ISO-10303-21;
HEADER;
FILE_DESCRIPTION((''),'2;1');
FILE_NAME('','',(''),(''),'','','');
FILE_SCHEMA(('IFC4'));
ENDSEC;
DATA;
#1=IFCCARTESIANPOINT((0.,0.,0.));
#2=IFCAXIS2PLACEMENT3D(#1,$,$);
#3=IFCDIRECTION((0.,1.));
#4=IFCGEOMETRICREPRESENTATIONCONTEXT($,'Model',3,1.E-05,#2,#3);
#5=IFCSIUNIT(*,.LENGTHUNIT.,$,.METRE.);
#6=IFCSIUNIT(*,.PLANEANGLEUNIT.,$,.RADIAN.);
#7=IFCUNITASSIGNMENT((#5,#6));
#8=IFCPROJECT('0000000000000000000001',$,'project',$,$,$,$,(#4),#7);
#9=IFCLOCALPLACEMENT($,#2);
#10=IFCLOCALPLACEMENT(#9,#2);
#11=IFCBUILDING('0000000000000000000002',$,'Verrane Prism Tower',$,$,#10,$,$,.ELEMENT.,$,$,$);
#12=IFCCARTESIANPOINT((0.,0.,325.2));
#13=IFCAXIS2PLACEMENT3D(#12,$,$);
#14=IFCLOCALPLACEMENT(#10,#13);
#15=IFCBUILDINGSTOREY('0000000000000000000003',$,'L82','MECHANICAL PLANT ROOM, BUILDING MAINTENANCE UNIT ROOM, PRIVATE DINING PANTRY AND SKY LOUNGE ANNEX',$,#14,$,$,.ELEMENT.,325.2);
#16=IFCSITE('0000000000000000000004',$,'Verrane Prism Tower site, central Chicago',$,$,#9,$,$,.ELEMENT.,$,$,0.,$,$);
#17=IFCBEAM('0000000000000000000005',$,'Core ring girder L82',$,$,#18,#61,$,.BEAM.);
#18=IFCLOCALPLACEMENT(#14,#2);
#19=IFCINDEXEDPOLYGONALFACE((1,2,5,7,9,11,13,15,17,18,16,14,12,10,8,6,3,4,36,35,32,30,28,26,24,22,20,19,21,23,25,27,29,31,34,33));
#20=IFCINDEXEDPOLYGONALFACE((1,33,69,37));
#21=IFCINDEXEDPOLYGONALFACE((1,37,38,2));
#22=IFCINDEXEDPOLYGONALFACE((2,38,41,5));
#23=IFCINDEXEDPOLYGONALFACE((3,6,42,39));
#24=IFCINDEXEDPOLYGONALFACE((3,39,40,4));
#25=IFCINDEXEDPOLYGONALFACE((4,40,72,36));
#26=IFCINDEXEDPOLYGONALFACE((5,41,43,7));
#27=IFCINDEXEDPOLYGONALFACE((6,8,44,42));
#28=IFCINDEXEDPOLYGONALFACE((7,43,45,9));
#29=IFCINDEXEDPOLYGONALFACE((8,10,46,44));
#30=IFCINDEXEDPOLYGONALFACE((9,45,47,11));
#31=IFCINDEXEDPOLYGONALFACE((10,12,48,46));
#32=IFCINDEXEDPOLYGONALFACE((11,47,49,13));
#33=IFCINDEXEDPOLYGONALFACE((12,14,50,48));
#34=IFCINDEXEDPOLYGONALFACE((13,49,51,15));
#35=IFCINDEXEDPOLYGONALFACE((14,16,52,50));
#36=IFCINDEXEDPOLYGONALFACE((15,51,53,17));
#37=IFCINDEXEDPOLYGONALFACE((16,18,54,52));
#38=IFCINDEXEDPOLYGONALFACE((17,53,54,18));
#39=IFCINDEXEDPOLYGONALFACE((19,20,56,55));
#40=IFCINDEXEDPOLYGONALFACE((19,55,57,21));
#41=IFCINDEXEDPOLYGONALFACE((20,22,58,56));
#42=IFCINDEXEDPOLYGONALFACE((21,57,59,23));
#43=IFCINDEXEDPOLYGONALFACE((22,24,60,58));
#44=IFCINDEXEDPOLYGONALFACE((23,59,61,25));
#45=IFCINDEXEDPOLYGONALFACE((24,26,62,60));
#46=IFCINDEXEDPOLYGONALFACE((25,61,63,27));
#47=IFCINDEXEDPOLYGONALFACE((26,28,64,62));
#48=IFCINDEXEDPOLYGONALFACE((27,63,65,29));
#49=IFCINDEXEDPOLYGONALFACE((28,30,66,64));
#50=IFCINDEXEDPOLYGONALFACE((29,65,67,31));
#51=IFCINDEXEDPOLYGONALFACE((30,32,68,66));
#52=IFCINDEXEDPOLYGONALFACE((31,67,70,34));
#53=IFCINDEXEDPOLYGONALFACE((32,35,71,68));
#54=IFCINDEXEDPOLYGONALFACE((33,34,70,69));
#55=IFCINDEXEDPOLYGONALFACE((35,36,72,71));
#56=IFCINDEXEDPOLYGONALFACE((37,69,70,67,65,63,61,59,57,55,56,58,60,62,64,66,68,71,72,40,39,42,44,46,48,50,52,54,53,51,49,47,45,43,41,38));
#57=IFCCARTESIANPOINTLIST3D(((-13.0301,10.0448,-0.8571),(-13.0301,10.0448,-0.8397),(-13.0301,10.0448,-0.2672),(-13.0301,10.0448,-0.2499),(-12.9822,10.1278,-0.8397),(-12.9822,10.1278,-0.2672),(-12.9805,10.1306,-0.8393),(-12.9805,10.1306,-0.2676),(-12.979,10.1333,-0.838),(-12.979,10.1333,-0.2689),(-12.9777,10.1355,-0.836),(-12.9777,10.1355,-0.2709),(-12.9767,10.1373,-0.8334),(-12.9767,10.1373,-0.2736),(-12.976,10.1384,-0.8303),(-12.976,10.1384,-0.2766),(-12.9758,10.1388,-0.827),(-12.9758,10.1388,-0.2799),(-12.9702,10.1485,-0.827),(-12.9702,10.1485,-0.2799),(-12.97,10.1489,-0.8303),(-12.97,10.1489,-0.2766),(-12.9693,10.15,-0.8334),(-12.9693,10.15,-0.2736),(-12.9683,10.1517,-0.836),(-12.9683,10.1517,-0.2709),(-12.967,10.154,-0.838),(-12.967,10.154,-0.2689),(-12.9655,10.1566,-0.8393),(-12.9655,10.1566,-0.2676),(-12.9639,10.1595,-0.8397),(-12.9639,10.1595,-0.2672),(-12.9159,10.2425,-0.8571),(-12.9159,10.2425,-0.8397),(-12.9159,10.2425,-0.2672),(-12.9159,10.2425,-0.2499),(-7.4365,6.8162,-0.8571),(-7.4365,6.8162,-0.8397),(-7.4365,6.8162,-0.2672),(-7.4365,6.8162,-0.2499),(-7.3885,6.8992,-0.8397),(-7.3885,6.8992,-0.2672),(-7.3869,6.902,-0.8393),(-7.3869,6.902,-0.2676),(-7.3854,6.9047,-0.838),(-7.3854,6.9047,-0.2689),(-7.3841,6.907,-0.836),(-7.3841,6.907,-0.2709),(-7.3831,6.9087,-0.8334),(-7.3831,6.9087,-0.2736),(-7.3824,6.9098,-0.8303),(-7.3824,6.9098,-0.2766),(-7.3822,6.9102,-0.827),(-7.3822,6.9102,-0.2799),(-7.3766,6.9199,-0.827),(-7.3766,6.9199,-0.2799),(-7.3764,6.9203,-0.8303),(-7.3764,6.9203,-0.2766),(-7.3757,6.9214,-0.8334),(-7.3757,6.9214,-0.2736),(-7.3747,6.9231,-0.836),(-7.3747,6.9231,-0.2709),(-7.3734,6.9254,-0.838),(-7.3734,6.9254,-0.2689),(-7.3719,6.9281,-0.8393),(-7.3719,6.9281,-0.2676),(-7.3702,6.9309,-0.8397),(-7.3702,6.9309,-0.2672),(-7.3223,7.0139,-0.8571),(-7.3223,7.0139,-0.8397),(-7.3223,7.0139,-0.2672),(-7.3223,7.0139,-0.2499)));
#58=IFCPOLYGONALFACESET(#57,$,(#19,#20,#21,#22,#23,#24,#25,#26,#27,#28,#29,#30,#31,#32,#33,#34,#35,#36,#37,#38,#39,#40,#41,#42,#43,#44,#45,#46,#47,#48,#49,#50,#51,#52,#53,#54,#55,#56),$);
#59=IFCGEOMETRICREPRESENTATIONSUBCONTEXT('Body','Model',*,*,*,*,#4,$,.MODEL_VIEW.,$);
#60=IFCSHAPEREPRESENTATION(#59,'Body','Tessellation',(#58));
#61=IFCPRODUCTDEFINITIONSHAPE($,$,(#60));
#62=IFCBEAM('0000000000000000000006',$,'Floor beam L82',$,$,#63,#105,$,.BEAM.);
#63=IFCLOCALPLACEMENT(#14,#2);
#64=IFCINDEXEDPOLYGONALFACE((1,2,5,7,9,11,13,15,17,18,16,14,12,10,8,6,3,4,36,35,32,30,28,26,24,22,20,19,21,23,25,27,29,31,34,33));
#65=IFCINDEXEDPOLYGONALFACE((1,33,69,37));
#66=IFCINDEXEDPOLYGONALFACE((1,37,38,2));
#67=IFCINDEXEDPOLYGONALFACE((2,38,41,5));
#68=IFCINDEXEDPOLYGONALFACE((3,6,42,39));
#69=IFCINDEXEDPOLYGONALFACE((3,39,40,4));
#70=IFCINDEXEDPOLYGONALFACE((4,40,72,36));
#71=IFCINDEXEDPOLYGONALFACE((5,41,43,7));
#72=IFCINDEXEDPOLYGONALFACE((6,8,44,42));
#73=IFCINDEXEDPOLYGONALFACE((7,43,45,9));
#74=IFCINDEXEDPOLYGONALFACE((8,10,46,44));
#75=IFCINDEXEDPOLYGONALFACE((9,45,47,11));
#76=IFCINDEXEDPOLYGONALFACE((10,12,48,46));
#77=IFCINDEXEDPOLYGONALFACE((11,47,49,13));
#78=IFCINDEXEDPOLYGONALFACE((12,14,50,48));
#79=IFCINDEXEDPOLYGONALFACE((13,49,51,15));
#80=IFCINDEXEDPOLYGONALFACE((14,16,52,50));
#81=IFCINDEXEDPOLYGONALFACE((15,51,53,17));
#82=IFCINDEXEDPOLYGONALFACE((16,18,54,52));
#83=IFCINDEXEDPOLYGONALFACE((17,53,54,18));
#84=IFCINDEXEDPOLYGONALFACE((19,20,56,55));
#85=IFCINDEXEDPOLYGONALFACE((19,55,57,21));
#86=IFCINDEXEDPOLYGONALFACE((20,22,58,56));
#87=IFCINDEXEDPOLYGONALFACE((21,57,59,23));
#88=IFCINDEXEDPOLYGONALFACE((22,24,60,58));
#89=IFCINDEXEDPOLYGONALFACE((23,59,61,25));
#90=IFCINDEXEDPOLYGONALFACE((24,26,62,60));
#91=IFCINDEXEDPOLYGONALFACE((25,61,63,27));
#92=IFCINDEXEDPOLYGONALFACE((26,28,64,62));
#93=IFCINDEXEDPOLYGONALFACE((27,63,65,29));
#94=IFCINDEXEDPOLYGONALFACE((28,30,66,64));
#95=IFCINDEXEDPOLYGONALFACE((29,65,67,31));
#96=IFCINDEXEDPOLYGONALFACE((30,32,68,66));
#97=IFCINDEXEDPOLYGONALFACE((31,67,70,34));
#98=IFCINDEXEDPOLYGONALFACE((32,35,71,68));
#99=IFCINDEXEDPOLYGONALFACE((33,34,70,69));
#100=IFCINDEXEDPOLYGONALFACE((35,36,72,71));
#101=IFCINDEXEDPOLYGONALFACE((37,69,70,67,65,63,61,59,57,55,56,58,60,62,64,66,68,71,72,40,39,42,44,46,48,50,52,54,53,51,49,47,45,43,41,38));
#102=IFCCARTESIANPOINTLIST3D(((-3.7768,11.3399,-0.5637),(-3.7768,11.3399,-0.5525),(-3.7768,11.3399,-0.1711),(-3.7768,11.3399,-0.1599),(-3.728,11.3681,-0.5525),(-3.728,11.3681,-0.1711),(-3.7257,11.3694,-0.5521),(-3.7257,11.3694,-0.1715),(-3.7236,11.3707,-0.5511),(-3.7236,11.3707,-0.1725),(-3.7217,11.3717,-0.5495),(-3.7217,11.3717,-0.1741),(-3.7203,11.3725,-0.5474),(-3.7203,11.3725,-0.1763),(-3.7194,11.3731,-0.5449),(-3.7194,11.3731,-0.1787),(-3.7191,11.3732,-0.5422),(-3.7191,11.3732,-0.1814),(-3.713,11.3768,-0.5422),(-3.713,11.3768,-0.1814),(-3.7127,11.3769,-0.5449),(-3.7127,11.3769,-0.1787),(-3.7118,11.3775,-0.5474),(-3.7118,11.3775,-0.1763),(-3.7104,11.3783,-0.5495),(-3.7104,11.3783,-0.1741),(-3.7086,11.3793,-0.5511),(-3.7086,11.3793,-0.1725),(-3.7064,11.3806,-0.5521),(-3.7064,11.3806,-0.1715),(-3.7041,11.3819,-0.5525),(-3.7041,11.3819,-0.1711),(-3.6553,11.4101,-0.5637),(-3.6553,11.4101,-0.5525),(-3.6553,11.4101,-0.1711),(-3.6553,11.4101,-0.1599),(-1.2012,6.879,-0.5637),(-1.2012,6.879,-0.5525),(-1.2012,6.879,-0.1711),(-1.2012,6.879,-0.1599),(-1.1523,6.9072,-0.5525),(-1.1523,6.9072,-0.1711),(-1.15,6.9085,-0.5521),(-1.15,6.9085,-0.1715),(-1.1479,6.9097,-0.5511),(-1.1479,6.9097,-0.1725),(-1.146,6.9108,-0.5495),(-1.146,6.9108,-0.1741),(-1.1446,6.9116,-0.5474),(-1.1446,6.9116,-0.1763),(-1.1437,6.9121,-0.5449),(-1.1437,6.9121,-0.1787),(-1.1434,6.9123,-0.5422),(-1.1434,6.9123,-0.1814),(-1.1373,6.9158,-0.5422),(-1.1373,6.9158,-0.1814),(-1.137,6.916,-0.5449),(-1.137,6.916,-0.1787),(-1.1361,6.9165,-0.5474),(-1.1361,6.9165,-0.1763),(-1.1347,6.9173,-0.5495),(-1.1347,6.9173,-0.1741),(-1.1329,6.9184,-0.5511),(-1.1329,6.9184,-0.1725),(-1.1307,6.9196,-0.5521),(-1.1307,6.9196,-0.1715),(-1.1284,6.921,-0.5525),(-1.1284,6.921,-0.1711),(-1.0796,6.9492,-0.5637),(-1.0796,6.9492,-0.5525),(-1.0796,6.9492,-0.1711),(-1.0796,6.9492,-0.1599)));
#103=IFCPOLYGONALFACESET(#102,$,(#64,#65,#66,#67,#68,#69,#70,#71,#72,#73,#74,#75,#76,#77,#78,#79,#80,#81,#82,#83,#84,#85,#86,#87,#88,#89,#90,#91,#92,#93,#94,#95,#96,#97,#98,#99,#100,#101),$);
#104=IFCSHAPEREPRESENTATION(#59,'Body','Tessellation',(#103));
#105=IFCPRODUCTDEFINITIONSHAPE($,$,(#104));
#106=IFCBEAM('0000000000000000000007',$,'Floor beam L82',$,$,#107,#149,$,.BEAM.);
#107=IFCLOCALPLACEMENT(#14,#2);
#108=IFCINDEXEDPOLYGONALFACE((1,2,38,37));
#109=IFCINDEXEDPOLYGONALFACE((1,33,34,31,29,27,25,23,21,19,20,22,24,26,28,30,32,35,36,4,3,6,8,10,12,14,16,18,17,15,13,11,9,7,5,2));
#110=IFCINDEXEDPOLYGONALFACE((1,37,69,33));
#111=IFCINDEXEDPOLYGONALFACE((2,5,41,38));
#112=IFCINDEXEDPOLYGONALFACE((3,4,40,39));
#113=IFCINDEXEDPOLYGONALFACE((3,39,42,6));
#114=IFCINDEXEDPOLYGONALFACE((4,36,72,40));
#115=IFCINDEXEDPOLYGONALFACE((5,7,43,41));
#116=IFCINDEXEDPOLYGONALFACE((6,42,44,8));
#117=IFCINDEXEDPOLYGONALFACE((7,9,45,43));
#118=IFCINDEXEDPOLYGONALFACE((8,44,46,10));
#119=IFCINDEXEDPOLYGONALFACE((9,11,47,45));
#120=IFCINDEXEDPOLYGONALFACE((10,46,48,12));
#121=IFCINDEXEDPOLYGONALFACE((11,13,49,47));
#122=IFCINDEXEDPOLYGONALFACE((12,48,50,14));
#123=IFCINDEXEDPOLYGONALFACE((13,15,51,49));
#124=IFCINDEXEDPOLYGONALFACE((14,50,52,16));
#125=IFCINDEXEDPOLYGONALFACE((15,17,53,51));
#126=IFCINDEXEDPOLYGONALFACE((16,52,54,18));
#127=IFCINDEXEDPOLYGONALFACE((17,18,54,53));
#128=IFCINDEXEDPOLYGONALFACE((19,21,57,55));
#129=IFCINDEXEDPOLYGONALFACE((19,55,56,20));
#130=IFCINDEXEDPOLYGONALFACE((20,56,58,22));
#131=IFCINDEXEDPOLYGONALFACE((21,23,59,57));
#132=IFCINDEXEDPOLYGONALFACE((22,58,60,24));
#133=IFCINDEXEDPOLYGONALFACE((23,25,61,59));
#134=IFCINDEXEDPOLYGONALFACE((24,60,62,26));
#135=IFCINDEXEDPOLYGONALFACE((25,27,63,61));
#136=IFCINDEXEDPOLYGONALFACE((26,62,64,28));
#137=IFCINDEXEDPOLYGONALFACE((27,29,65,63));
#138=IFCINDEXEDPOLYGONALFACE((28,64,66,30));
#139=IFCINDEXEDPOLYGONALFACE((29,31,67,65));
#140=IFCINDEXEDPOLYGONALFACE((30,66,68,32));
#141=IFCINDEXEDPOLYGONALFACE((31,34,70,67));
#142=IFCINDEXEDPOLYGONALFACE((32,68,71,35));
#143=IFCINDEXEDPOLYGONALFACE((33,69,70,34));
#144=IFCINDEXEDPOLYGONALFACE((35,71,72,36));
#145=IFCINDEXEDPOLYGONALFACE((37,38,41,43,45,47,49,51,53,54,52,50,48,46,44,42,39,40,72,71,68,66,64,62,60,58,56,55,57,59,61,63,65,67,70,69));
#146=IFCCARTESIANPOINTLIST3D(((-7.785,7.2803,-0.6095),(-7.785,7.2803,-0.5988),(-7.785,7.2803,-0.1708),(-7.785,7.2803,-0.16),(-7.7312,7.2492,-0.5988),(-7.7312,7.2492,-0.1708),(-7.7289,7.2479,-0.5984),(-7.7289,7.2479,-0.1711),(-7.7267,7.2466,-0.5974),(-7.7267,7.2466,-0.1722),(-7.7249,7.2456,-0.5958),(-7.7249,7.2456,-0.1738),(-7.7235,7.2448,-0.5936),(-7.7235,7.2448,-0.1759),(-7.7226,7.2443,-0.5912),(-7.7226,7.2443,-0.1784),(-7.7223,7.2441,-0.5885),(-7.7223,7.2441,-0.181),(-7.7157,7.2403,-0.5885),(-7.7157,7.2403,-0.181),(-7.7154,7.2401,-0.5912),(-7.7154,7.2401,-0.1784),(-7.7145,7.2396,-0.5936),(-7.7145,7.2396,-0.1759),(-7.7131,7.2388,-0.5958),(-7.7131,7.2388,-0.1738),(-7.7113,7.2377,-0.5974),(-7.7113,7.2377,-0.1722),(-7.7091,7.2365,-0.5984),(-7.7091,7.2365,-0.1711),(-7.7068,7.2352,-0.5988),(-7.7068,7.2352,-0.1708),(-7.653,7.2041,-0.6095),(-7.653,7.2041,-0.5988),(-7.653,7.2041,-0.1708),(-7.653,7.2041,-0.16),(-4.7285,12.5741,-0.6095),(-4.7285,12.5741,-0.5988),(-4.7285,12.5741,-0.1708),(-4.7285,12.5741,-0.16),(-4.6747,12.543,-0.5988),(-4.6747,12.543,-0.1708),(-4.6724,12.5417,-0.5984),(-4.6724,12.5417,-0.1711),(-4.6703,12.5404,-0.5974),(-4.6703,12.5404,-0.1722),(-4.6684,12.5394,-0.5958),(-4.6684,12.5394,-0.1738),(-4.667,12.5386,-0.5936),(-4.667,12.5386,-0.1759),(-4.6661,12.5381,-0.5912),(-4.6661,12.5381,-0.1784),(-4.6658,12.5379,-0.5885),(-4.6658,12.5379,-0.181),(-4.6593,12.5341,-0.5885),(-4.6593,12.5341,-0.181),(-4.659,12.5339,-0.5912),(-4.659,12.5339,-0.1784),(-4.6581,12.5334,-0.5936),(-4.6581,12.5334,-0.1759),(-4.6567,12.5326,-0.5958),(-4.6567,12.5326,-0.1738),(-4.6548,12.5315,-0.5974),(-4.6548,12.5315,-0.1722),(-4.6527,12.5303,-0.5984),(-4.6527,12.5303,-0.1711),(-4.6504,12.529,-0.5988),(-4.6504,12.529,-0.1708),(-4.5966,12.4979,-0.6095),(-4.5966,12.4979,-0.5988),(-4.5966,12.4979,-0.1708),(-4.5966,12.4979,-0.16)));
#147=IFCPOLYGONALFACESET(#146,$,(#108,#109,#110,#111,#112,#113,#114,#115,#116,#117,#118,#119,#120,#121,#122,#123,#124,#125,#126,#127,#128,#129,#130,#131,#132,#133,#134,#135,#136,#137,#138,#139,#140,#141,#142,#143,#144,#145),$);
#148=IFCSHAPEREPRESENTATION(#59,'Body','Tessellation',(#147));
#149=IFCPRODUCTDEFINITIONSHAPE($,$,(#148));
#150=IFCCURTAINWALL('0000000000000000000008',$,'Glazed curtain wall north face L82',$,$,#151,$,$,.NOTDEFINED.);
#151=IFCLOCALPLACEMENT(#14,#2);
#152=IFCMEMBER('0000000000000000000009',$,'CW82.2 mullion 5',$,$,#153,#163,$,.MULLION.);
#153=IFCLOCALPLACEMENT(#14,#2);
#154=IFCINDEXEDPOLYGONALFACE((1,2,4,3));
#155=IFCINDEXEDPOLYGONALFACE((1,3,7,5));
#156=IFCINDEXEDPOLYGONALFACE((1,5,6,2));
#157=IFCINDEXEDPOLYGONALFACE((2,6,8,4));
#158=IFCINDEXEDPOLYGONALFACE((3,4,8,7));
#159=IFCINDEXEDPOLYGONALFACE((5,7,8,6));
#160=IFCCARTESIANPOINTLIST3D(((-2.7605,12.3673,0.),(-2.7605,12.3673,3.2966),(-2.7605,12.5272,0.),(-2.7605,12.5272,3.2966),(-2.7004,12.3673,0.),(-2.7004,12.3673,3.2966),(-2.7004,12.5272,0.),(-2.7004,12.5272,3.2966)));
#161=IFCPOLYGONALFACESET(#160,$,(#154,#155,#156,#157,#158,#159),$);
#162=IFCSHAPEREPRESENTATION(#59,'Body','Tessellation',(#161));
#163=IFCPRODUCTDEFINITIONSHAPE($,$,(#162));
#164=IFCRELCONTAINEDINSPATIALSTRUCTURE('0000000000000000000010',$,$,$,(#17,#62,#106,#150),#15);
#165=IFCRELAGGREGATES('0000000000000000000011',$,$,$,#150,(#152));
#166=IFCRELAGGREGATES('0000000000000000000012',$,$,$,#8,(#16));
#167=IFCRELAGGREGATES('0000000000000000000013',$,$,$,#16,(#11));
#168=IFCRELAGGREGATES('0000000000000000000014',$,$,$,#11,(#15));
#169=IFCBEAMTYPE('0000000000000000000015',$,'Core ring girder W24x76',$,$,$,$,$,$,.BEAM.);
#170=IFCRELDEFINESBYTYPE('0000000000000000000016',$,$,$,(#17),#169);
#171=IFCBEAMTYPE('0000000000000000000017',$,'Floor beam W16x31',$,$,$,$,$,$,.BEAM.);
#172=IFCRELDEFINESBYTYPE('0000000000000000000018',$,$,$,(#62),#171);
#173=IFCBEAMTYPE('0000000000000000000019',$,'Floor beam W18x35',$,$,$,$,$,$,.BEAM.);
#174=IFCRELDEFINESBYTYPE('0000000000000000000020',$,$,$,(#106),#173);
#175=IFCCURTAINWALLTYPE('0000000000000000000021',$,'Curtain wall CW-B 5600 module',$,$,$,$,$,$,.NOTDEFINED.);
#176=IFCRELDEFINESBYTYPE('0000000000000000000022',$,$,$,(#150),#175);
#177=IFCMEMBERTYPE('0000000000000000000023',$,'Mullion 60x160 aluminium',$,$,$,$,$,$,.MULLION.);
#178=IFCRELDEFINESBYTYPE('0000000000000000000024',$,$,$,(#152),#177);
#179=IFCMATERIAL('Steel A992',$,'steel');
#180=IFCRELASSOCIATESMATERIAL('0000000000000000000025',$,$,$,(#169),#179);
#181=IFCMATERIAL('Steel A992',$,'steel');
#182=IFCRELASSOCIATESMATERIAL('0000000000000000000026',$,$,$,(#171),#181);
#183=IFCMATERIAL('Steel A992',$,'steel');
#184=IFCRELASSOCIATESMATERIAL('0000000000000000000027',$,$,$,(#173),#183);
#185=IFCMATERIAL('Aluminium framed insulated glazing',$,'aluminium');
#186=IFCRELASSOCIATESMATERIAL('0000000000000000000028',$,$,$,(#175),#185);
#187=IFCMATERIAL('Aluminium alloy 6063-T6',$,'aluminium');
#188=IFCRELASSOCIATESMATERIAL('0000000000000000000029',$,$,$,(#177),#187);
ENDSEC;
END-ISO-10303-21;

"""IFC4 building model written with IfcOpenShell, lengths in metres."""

from ifc_helpers import new_model, si_unit, direction, frame, origin, origin_2d, place, context, subcontext, project, spatial, rectangle, i_section, extrude, material, material_profile, profile_set, type_object, element, aggregate, save


model = new_model("IFC4")

# Units and contexts
model_context = context("Model", 3, precision=1e-05, world=origin(), true_north=direction((0.0, 1.0)))
body_context = subcontext(model_context, "Body", "Model", "MODEL_VIEW")
ifc_project = project(units=[si_unit("LENGTHUNIT", "METRE"), si_unit("PLANEANGLEUNIT", "RADIAN")], contexts=[model_context])

# Site, building, storey
site_placement = place(None, origin())
site = spatial("IfcSite", under=ifc_project, at=site_placement, Name="Verrane Prism Tower site, central Chicago", CompositionType="ELEMENT", RefElevation=0.0)
building_placement = place(site_placement, origin())
building = spatial("IfcBuilding", under=site, at=building_placement, Name="Verrane Prism Tower", CompositionType="ELEMENT")
storey_placement = place(building_placement, frame((0.0, 0.0, 325.2)))
storey = spatial("IfcBuildingStorey", under=building, at=storey_placement, Name="L82", Description="MECHANICAL PLANT ROOM, BUILDING MAINTENANCE UNIT ROOM, PRIVATE DINING PANTRY AND SKY LOUNGE ANNEX", CompositionType="ELEMENT", Elevation=325.2)

# Beams
ifc_material_1 = material(Name="Steel A992", Category="steel")
ifc_material_profile_1 = material_profile(ifc_material_1, i_section(OverallWidth=0.2283, OverallDepth=0.6072, WebThickness=0.0112, FlangeThickness=0.0173, FilletRadius=0.0127, at=origin_2d()), Name="W24x76")
ifc_profile_set_1 = profile_set([ifc_material_profile_1], Name="Steel A992")
beam_type_1 = type_object("IfcBeamType", Name="Core ring girder W24x76", PredefinedType="BEAM", material=ifc_profile_set_1)
beam_1_placement = place(storey_placement, frame((-7.3794, 6.915, -0.5535), z_axis=(-0.866086, 0.499896, 0.0), x_axis=(-0.499896, -0.866086, 0.0)))
element("IfcBeam", 1, at=beam_1_placement, inside=storey, type_object=beam_type_1, Name="Core ring girder L82", PredefinedType="BEAM", context=body_context, shape_type="SweptSolid", body=[
    extrude(i_section(OverallWidth=0.2283, OverallDepth=0.6072, WebThickness=0.0112, FlangeThickness=0.0173, FilletRadius=0.0127, at=origin_2d()), origin(), (0.0, 0.0, 1.0), 6.4585),
])
ifc_material_2 = material(Name="Steel A992", Category="steel")
ifc_material_profile_2 = material_profile(ifc_material_2, i_section(OverallWidth=0.1404, OverallDepth=0.4038, WebThickness=0.0071, FlangeThickness=0.0112, FilletRadius=0.0103, at=origin_2d()), Name="W16x31")
ifc_profile_set_2 = profile_set([ifc_material_profile_2], Name="Steel A992")
beam_type_2 = type_object("IfcBeamType", Name="Floor beam W16x31", PredefinedType="BEAM", material=ifc_profile_set_2)
beam_2_placement = place(storey_placement, frame((-1.1404, 6.9141, -0.3618), z_axis=(-0.500023, 0.866012, 0.0), x_axis=(-0.866012, -0.500023, 0.0)))
element("IfcBeam", 2, at=beam_2_placement, inside=storey, type_object=beam_type_2, Name="Floor beam L82", PredefinedType="BEAM", context=body_context, shape_type="SweptSolid", body=[
    extrude(i_section(OverallWidth=0.1404, OverallDepth=0.4038, WebThickness=0.0071, FlangeThickness=0.0112, FilletRadius=0.0103, at=origin_2d()), origin(), (0.0, 0.0, 1.0), 5.1511),
])
ifc_material_3 = material(Name="Steel A992", Category="steel")
ifc_material_profile_3 = material_profile(ifc_material_3, i_section(OverallWidth=0.1523, OverallDepth=0.4495, WebThickness=0.0076, FlangeThickness=0.0107, FilletRadius=0.0103, at=origin_2d()), Name="W18x35")
ifc_profile_set_3 = profile_set([ifc_material_profile_3], Name="Steel A992")
beam_type_3 = type_object("IfcBeamType", Name="Floor beam W18x35", PredefinedType="BEAM", material=ifc_profile_set_3)
beam_3_placement = place(storey_placement, frame((-7.719, 7.2422, -0.3848), z_axis=(0.500009, 0.86602, 0.0), x_axis=(-0.86602, 0.500009, 0.0)))
element("IfcBeam", 3, at=beam_3_placement, inside=storey, type_object=beam_type_3, Name="Floor beam L82", PredefinedType="BEAM", context=body_context, shape_type="SweptSolid", body=[
    extrude(i_section(OverallWidth=0.1523, OverallDepth=0.4495, WebThickness=0.0076, FlangeThickness=0.0107, FilletRadius=0.0103, at=origin_2d()), origin(), (0.0, 0.0, 1.0), 6.1128),
])

# Curtain wall, member
ifc_material_4 = material(Name="Aluminium framed insulated glazing", Category="aluminium")
curtain_wall_type = type_object("IfcCurtainWallType", Name="Curtain wall CW-B 5600 module", PredefinedType="NOTDEFINED", material=ifc_material_4)
curtain_wall_placement = place(storey_placement, origin())
curtain_wall = element("IfcCurtainWall", 4, at=curtain_wall_placement, inside=storey, type_object=curtain_wall_type, Name="Glazed curtain wall north face L82", PredefinedType="NOTDEFINED")
ifc_material_5 = material(Name="Aluminium alloy 6063-T6", Category="aluminium")
ifc_material_profile_4 = material_profile(ifc_material_5, rectangle(XDim=0.1599, YDim=0.0601, at=origin_2d()), Name="Mullion 60x160 aluminium")
ifc_profile_set_4 = profile_set([ifc_material_profile_4], Name="Aluminium alloy 6063-T6")
member_type_1 = type_object("IfcMemberType", Name="Mullion 60x160 aluminium", PredefinedType="MULLION", material=ifc_profile_set_4)
member_1_placement = place(storey_placement, frame((-2.7305, 12.4473, 0.0), z_axis=(0.0, 0.0, 1.0), x_axis=(0.0, -1.0, 0.0)))
member_1 = element("IfcMember", 5, at=member_1_placement, type_object=member_type_1, Name="CW82.2 mullion 5", PredefinedType="MULLION", context=body_context, shape_type="SweptSolid", body=[
    extrude(rectangle(XDim=0.1599, YDim=0.0601, at=origin_2d()), origin(), (0.0, 0.0, 1.0), 3.2966),
])

aggregate(curtain_wall, [member_1])

save(model, "model.ifc")
